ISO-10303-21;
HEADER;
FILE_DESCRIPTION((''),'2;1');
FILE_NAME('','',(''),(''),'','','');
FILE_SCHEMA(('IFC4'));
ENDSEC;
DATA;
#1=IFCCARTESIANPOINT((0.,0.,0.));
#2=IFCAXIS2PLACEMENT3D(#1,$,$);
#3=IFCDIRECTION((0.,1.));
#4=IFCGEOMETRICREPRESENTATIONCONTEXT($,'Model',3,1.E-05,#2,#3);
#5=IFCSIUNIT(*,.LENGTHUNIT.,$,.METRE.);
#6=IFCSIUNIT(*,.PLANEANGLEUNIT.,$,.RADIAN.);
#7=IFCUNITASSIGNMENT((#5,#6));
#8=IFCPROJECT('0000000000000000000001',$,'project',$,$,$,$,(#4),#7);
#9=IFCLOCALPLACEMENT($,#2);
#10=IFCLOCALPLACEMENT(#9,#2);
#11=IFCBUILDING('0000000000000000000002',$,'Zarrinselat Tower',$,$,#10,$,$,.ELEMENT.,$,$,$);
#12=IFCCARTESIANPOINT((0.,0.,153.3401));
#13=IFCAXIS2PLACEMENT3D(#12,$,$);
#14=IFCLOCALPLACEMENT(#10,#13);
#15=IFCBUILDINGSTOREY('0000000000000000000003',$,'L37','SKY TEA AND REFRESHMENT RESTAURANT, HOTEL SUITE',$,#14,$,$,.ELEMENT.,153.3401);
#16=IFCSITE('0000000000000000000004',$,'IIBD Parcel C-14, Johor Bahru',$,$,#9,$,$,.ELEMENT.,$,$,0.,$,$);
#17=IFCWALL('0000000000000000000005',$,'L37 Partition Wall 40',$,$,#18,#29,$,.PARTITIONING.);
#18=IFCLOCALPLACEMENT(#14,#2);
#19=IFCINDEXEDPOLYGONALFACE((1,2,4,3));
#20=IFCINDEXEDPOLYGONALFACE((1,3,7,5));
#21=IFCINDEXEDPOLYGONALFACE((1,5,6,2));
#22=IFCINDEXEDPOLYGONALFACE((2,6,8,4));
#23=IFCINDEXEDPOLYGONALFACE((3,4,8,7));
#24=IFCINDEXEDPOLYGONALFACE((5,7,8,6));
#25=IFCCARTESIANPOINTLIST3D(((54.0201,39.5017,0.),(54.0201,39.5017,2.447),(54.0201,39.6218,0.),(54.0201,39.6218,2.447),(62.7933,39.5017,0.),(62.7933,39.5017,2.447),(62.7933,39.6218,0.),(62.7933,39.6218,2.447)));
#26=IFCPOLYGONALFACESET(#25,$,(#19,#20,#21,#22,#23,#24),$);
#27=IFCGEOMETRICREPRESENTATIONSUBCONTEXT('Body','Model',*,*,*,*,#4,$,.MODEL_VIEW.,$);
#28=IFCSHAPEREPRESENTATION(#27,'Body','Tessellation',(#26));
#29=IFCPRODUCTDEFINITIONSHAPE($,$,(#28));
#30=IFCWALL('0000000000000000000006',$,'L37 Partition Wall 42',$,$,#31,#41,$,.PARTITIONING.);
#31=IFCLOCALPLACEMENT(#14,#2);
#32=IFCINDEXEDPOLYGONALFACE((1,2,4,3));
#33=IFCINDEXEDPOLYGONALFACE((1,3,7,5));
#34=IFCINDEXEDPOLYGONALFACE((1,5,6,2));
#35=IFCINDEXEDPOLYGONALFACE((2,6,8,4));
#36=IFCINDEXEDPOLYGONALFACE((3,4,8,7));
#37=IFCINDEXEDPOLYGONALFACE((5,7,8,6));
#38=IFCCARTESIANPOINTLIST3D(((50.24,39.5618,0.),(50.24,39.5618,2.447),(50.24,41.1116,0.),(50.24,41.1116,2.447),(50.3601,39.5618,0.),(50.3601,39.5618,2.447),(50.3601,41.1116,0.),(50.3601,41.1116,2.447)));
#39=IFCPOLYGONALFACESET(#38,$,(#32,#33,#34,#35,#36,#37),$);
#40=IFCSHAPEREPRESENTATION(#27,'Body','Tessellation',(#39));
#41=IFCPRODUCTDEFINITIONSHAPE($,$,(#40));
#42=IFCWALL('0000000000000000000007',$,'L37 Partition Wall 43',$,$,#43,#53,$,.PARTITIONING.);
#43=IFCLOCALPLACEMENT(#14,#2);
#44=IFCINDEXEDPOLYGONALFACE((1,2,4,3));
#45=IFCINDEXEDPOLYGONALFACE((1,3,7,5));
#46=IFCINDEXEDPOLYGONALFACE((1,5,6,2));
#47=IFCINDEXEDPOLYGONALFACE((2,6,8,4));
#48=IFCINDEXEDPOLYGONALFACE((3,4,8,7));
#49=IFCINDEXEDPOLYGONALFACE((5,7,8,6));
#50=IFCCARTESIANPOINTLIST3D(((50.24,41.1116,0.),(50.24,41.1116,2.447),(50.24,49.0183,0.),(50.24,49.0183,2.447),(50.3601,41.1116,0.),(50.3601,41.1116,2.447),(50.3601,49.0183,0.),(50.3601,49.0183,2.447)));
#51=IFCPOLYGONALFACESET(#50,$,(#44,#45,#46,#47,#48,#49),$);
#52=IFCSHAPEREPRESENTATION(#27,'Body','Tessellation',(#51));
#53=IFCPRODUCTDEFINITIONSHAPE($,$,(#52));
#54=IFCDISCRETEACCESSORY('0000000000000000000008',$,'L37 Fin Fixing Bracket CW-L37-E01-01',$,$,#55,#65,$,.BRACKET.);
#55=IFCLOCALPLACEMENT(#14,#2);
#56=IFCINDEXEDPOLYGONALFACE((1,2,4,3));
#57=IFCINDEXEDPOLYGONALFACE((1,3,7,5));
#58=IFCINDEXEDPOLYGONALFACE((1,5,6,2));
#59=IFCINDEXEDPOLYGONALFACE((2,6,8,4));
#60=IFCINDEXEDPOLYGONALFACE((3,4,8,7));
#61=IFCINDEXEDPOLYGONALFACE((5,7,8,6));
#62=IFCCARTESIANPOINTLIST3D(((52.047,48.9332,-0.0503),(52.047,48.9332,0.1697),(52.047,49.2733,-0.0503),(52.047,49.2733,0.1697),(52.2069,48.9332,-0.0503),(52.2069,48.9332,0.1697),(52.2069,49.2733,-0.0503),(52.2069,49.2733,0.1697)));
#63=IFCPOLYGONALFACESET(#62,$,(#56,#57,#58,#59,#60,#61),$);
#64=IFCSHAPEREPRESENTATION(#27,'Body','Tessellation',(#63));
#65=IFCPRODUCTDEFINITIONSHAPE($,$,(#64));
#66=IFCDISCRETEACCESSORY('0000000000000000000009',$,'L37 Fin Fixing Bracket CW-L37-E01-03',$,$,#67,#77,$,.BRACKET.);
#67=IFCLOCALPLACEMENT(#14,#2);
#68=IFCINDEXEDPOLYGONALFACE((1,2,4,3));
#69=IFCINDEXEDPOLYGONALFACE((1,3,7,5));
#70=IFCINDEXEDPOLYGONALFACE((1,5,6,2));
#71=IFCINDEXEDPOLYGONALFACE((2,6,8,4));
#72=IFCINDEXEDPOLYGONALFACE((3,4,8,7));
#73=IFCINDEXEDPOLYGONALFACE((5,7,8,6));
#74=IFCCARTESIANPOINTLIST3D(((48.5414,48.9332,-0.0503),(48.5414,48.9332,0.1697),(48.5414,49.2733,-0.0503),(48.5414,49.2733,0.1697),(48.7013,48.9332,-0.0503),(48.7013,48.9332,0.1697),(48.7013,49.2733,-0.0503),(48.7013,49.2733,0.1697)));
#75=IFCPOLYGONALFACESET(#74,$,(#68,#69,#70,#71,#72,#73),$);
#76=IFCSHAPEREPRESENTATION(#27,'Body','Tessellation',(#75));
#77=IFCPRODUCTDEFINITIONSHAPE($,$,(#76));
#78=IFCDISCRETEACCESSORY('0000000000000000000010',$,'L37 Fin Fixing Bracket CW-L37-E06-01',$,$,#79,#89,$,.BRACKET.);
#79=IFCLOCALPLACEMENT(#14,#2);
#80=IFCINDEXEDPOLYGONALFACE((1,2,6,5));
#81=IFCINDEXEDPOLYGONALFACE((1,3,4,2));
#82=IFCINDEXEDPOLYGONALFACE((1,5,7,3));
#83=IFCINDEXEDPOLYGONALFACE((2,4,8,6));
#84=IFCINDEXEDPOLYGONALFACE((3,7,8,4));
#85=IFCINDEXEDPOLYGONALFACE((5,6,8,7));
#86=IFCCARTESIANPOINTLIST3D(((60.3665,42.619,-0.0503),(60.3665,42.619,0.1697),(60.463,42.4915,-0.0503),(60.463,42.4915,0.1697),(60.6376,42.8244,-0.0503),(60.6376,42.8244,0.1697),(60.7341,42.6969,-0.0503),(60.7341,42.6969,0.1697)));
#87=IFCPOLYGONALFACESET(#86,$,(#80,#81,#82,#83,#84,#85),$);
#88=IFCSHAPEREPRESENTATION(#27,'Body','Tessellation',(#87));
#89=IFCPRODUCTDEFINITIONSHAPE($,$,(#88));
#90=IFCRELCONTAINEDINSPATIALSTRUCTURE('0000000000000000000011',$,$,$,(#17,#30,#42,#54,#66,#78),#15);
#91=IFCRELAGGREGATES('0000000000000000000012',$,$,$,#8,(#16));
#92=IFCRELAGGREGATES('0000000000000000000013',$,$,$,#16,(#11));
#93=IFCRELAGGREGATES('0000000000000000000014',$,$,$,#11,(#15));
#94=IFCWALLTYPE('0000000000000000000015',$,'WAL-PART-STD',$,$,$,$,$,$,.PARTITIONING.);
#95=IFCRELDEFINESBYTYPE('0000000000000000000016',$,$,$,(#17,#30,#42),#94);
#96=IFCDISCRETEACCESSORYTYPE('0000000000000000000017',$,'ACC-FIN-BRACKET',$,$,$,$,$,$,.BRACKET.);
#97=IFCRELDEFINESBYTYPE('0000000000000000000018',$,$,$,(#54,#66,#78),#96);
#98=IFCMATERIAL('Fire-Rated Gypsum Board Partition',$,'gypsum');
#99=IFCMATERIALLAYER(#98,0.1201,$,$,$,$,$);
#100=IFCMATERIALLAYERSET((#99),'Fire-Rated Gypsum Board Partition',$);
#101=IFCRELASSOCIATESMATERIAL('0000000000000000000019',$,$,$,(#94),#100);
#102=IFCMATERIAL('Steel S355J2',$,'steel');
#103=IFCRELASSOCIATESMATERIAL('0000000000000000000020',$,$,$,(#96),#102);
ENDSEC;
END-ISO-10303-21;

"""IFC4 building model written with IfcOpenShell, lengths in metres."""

from ifc_helpers import new_model, si_unit, direction, frame, frame_2d, origin, origin_2d, place, context, subcontext, project, spatial, rectangle, extrude, material, layer, layer_set, type_object, element, save


model = new_model("IFC4")

# Units and contexts
model_context = context("Model", 3, precision=1e-05, world=origin(), true_north=direction((0.0, 1.0)))
body_context = subcontext(model_context, "Body", "Model", "MODEL_VIEW")
ifc_project = project(units=[si_unit("LENGTHUNIT", "METRE"), si_unit("PLANEANGLEUNIT", "RADIAN")], contexts=[model_context])

# Site, building, storey
site_placement = place(None, origin())
site = spatial("IfcSite", under=ifc_project, at=site_placement, Name="IIBD Parcel C-14, Johor Bahru", CompositionType="ELEMENT", RefElevation=0.0)
building_placement = place(site_placement, origin())
building = spatial("IfcBuilding", under=site, at=building_placement, Name="Zarrinselat Tower", CompositionType="ELEMENT")
storey_placement = place(building_placement, frame((0.0, 0.0, 153.3401)))
storey = spatial("IfcBuildingStorey", under=building, at=storey_placement, Name="L37", Description="SKY TEA AND REFRESHMENT RESTAURANT, HOTEL SUITE", CompositionType="ELEMENT", Elevation=153.3401)

# Walls
ifc_material_1 = material(Name="Fire-Rated Gypsum Board Partition", Category="gypsum")
ifc_layer_1 = layer(ifc_material_1, 0.1201)
ifc_layer_set_1 = layer_set([ifc_layer_1], Name="Fire-Rated Gypsum Board Partition")
wall_type_1 = type_object("IfcWallType", Name="WAL-PART-STD", PredefinedType="PARTITIONING", material=ifc_layer_set_1)
wall_1_placement = place(storey_placement, frame((54.02, 39.5618, 0.0), z_axis=(0.0, 0.0, 1.0), x_axis=(1.0, 0.0, 0.0)))
element("IfcWall", 1, at=wall_1_placement, inside=storey, type_object=wall_type_1, Name="L37 Partition Wall 40", PredefinedType="PARTITIONING", context=body_context, shape_type="SweptSolid", body=[
    extrude(rectangle(XDim=8.7732, YDim=0.1201, at=frame_2d((4.3867, 0.0))), origin(), (0.0, 0.0, 1.0), 2.447),
])
wall_2_placement = place(storey_placement, frame((50.3, 39.5618, 0.0), z_axis=(0.0, 0.0, 1.0), x_axis=(0.0, 1.0, 0.0)))
element("IfcWall", 2, at=wall_2_placement, inside=storey, type_object=wall_type_1, Name="L37 Partition Wall 42", PredefinedType="PARTITIONING", context=body_context, shape_type="SweptSolid", body=[
    extrude(rectangle(XDim=1.5498, YDim=0.1201, at=frame_2d((0.7749, 0.0))), origin(), (0.0, 0.0, 1.0), 2.447),
])
wall_3_placement = place(storey_placement, frame((50.3, 41.1116, 0.0), z_axis=(0.0, 0.0, 1.0), x_axis=(0.0, 1.0, 0.0)))
element("IfcWall", 3, at=wall_3_placement, inside=storey, type_object=wall_type_1, Name="L37 Partition Wall 43", PredefinedType="PARTITIONING", context=body_context, shape_type="SweptSolid", body=[
    extrude(rectangle(XDim=7.9067, YDim=0.1201, at=frame_2d((3.9534, 0.0))), origin(), (0.0, 0.0, 1.0), 2.447),
])

# Discrete accessories
ifc_material_2 = material(Name="Steel S355J2", Category="steel")
discrete_accessory_type = type_object("IfcDiscreteAccessoryType", Name="ACC-FIN-BRACKET", PredefinedType="BRACKET", material=ifc_material_2)
for number, where, z_axis, x_axis, name in (
    (4, (52.127, 49.1033, -0.0503), (0.0, 0.0, 1.0), (0.0, 1.0, 0.0), "L37 Fin Fixing Bracket CW-L37-E01-01"),
    (5, (48.6213, 49.1033, -0.0503), (0.0, 0.0, 1.0), (0.0, 1.0, 0.0), "L37 Fin Fixing Bracket CW-L37-E01-03"),
    (6, (60.5503, 42.658, -0.0503), (0.0, 0.0, 1.0), (0.797089, 0.603862, 0.0), "L37 Fin Fixing Bracket CW-L37-E06-01"),
):
    element("IfcDiscreteAccessory", number, at=place(storey_placement, frame(where, z_axis=z_axis, x_axis=x_axis)), inside=storey, type_object=discrete_accessory_type, Name=name, PredefinedType="BRACKET", context=body_context, shape_type="SweptSolid", body=[
        extrude(rectangle(XDim=0.3401, YDim=0.1599, at=origin_2d()), origin(), (0.0, 0.0, 1.0), 0.22),
    ])

save(model, "model.ifc")
